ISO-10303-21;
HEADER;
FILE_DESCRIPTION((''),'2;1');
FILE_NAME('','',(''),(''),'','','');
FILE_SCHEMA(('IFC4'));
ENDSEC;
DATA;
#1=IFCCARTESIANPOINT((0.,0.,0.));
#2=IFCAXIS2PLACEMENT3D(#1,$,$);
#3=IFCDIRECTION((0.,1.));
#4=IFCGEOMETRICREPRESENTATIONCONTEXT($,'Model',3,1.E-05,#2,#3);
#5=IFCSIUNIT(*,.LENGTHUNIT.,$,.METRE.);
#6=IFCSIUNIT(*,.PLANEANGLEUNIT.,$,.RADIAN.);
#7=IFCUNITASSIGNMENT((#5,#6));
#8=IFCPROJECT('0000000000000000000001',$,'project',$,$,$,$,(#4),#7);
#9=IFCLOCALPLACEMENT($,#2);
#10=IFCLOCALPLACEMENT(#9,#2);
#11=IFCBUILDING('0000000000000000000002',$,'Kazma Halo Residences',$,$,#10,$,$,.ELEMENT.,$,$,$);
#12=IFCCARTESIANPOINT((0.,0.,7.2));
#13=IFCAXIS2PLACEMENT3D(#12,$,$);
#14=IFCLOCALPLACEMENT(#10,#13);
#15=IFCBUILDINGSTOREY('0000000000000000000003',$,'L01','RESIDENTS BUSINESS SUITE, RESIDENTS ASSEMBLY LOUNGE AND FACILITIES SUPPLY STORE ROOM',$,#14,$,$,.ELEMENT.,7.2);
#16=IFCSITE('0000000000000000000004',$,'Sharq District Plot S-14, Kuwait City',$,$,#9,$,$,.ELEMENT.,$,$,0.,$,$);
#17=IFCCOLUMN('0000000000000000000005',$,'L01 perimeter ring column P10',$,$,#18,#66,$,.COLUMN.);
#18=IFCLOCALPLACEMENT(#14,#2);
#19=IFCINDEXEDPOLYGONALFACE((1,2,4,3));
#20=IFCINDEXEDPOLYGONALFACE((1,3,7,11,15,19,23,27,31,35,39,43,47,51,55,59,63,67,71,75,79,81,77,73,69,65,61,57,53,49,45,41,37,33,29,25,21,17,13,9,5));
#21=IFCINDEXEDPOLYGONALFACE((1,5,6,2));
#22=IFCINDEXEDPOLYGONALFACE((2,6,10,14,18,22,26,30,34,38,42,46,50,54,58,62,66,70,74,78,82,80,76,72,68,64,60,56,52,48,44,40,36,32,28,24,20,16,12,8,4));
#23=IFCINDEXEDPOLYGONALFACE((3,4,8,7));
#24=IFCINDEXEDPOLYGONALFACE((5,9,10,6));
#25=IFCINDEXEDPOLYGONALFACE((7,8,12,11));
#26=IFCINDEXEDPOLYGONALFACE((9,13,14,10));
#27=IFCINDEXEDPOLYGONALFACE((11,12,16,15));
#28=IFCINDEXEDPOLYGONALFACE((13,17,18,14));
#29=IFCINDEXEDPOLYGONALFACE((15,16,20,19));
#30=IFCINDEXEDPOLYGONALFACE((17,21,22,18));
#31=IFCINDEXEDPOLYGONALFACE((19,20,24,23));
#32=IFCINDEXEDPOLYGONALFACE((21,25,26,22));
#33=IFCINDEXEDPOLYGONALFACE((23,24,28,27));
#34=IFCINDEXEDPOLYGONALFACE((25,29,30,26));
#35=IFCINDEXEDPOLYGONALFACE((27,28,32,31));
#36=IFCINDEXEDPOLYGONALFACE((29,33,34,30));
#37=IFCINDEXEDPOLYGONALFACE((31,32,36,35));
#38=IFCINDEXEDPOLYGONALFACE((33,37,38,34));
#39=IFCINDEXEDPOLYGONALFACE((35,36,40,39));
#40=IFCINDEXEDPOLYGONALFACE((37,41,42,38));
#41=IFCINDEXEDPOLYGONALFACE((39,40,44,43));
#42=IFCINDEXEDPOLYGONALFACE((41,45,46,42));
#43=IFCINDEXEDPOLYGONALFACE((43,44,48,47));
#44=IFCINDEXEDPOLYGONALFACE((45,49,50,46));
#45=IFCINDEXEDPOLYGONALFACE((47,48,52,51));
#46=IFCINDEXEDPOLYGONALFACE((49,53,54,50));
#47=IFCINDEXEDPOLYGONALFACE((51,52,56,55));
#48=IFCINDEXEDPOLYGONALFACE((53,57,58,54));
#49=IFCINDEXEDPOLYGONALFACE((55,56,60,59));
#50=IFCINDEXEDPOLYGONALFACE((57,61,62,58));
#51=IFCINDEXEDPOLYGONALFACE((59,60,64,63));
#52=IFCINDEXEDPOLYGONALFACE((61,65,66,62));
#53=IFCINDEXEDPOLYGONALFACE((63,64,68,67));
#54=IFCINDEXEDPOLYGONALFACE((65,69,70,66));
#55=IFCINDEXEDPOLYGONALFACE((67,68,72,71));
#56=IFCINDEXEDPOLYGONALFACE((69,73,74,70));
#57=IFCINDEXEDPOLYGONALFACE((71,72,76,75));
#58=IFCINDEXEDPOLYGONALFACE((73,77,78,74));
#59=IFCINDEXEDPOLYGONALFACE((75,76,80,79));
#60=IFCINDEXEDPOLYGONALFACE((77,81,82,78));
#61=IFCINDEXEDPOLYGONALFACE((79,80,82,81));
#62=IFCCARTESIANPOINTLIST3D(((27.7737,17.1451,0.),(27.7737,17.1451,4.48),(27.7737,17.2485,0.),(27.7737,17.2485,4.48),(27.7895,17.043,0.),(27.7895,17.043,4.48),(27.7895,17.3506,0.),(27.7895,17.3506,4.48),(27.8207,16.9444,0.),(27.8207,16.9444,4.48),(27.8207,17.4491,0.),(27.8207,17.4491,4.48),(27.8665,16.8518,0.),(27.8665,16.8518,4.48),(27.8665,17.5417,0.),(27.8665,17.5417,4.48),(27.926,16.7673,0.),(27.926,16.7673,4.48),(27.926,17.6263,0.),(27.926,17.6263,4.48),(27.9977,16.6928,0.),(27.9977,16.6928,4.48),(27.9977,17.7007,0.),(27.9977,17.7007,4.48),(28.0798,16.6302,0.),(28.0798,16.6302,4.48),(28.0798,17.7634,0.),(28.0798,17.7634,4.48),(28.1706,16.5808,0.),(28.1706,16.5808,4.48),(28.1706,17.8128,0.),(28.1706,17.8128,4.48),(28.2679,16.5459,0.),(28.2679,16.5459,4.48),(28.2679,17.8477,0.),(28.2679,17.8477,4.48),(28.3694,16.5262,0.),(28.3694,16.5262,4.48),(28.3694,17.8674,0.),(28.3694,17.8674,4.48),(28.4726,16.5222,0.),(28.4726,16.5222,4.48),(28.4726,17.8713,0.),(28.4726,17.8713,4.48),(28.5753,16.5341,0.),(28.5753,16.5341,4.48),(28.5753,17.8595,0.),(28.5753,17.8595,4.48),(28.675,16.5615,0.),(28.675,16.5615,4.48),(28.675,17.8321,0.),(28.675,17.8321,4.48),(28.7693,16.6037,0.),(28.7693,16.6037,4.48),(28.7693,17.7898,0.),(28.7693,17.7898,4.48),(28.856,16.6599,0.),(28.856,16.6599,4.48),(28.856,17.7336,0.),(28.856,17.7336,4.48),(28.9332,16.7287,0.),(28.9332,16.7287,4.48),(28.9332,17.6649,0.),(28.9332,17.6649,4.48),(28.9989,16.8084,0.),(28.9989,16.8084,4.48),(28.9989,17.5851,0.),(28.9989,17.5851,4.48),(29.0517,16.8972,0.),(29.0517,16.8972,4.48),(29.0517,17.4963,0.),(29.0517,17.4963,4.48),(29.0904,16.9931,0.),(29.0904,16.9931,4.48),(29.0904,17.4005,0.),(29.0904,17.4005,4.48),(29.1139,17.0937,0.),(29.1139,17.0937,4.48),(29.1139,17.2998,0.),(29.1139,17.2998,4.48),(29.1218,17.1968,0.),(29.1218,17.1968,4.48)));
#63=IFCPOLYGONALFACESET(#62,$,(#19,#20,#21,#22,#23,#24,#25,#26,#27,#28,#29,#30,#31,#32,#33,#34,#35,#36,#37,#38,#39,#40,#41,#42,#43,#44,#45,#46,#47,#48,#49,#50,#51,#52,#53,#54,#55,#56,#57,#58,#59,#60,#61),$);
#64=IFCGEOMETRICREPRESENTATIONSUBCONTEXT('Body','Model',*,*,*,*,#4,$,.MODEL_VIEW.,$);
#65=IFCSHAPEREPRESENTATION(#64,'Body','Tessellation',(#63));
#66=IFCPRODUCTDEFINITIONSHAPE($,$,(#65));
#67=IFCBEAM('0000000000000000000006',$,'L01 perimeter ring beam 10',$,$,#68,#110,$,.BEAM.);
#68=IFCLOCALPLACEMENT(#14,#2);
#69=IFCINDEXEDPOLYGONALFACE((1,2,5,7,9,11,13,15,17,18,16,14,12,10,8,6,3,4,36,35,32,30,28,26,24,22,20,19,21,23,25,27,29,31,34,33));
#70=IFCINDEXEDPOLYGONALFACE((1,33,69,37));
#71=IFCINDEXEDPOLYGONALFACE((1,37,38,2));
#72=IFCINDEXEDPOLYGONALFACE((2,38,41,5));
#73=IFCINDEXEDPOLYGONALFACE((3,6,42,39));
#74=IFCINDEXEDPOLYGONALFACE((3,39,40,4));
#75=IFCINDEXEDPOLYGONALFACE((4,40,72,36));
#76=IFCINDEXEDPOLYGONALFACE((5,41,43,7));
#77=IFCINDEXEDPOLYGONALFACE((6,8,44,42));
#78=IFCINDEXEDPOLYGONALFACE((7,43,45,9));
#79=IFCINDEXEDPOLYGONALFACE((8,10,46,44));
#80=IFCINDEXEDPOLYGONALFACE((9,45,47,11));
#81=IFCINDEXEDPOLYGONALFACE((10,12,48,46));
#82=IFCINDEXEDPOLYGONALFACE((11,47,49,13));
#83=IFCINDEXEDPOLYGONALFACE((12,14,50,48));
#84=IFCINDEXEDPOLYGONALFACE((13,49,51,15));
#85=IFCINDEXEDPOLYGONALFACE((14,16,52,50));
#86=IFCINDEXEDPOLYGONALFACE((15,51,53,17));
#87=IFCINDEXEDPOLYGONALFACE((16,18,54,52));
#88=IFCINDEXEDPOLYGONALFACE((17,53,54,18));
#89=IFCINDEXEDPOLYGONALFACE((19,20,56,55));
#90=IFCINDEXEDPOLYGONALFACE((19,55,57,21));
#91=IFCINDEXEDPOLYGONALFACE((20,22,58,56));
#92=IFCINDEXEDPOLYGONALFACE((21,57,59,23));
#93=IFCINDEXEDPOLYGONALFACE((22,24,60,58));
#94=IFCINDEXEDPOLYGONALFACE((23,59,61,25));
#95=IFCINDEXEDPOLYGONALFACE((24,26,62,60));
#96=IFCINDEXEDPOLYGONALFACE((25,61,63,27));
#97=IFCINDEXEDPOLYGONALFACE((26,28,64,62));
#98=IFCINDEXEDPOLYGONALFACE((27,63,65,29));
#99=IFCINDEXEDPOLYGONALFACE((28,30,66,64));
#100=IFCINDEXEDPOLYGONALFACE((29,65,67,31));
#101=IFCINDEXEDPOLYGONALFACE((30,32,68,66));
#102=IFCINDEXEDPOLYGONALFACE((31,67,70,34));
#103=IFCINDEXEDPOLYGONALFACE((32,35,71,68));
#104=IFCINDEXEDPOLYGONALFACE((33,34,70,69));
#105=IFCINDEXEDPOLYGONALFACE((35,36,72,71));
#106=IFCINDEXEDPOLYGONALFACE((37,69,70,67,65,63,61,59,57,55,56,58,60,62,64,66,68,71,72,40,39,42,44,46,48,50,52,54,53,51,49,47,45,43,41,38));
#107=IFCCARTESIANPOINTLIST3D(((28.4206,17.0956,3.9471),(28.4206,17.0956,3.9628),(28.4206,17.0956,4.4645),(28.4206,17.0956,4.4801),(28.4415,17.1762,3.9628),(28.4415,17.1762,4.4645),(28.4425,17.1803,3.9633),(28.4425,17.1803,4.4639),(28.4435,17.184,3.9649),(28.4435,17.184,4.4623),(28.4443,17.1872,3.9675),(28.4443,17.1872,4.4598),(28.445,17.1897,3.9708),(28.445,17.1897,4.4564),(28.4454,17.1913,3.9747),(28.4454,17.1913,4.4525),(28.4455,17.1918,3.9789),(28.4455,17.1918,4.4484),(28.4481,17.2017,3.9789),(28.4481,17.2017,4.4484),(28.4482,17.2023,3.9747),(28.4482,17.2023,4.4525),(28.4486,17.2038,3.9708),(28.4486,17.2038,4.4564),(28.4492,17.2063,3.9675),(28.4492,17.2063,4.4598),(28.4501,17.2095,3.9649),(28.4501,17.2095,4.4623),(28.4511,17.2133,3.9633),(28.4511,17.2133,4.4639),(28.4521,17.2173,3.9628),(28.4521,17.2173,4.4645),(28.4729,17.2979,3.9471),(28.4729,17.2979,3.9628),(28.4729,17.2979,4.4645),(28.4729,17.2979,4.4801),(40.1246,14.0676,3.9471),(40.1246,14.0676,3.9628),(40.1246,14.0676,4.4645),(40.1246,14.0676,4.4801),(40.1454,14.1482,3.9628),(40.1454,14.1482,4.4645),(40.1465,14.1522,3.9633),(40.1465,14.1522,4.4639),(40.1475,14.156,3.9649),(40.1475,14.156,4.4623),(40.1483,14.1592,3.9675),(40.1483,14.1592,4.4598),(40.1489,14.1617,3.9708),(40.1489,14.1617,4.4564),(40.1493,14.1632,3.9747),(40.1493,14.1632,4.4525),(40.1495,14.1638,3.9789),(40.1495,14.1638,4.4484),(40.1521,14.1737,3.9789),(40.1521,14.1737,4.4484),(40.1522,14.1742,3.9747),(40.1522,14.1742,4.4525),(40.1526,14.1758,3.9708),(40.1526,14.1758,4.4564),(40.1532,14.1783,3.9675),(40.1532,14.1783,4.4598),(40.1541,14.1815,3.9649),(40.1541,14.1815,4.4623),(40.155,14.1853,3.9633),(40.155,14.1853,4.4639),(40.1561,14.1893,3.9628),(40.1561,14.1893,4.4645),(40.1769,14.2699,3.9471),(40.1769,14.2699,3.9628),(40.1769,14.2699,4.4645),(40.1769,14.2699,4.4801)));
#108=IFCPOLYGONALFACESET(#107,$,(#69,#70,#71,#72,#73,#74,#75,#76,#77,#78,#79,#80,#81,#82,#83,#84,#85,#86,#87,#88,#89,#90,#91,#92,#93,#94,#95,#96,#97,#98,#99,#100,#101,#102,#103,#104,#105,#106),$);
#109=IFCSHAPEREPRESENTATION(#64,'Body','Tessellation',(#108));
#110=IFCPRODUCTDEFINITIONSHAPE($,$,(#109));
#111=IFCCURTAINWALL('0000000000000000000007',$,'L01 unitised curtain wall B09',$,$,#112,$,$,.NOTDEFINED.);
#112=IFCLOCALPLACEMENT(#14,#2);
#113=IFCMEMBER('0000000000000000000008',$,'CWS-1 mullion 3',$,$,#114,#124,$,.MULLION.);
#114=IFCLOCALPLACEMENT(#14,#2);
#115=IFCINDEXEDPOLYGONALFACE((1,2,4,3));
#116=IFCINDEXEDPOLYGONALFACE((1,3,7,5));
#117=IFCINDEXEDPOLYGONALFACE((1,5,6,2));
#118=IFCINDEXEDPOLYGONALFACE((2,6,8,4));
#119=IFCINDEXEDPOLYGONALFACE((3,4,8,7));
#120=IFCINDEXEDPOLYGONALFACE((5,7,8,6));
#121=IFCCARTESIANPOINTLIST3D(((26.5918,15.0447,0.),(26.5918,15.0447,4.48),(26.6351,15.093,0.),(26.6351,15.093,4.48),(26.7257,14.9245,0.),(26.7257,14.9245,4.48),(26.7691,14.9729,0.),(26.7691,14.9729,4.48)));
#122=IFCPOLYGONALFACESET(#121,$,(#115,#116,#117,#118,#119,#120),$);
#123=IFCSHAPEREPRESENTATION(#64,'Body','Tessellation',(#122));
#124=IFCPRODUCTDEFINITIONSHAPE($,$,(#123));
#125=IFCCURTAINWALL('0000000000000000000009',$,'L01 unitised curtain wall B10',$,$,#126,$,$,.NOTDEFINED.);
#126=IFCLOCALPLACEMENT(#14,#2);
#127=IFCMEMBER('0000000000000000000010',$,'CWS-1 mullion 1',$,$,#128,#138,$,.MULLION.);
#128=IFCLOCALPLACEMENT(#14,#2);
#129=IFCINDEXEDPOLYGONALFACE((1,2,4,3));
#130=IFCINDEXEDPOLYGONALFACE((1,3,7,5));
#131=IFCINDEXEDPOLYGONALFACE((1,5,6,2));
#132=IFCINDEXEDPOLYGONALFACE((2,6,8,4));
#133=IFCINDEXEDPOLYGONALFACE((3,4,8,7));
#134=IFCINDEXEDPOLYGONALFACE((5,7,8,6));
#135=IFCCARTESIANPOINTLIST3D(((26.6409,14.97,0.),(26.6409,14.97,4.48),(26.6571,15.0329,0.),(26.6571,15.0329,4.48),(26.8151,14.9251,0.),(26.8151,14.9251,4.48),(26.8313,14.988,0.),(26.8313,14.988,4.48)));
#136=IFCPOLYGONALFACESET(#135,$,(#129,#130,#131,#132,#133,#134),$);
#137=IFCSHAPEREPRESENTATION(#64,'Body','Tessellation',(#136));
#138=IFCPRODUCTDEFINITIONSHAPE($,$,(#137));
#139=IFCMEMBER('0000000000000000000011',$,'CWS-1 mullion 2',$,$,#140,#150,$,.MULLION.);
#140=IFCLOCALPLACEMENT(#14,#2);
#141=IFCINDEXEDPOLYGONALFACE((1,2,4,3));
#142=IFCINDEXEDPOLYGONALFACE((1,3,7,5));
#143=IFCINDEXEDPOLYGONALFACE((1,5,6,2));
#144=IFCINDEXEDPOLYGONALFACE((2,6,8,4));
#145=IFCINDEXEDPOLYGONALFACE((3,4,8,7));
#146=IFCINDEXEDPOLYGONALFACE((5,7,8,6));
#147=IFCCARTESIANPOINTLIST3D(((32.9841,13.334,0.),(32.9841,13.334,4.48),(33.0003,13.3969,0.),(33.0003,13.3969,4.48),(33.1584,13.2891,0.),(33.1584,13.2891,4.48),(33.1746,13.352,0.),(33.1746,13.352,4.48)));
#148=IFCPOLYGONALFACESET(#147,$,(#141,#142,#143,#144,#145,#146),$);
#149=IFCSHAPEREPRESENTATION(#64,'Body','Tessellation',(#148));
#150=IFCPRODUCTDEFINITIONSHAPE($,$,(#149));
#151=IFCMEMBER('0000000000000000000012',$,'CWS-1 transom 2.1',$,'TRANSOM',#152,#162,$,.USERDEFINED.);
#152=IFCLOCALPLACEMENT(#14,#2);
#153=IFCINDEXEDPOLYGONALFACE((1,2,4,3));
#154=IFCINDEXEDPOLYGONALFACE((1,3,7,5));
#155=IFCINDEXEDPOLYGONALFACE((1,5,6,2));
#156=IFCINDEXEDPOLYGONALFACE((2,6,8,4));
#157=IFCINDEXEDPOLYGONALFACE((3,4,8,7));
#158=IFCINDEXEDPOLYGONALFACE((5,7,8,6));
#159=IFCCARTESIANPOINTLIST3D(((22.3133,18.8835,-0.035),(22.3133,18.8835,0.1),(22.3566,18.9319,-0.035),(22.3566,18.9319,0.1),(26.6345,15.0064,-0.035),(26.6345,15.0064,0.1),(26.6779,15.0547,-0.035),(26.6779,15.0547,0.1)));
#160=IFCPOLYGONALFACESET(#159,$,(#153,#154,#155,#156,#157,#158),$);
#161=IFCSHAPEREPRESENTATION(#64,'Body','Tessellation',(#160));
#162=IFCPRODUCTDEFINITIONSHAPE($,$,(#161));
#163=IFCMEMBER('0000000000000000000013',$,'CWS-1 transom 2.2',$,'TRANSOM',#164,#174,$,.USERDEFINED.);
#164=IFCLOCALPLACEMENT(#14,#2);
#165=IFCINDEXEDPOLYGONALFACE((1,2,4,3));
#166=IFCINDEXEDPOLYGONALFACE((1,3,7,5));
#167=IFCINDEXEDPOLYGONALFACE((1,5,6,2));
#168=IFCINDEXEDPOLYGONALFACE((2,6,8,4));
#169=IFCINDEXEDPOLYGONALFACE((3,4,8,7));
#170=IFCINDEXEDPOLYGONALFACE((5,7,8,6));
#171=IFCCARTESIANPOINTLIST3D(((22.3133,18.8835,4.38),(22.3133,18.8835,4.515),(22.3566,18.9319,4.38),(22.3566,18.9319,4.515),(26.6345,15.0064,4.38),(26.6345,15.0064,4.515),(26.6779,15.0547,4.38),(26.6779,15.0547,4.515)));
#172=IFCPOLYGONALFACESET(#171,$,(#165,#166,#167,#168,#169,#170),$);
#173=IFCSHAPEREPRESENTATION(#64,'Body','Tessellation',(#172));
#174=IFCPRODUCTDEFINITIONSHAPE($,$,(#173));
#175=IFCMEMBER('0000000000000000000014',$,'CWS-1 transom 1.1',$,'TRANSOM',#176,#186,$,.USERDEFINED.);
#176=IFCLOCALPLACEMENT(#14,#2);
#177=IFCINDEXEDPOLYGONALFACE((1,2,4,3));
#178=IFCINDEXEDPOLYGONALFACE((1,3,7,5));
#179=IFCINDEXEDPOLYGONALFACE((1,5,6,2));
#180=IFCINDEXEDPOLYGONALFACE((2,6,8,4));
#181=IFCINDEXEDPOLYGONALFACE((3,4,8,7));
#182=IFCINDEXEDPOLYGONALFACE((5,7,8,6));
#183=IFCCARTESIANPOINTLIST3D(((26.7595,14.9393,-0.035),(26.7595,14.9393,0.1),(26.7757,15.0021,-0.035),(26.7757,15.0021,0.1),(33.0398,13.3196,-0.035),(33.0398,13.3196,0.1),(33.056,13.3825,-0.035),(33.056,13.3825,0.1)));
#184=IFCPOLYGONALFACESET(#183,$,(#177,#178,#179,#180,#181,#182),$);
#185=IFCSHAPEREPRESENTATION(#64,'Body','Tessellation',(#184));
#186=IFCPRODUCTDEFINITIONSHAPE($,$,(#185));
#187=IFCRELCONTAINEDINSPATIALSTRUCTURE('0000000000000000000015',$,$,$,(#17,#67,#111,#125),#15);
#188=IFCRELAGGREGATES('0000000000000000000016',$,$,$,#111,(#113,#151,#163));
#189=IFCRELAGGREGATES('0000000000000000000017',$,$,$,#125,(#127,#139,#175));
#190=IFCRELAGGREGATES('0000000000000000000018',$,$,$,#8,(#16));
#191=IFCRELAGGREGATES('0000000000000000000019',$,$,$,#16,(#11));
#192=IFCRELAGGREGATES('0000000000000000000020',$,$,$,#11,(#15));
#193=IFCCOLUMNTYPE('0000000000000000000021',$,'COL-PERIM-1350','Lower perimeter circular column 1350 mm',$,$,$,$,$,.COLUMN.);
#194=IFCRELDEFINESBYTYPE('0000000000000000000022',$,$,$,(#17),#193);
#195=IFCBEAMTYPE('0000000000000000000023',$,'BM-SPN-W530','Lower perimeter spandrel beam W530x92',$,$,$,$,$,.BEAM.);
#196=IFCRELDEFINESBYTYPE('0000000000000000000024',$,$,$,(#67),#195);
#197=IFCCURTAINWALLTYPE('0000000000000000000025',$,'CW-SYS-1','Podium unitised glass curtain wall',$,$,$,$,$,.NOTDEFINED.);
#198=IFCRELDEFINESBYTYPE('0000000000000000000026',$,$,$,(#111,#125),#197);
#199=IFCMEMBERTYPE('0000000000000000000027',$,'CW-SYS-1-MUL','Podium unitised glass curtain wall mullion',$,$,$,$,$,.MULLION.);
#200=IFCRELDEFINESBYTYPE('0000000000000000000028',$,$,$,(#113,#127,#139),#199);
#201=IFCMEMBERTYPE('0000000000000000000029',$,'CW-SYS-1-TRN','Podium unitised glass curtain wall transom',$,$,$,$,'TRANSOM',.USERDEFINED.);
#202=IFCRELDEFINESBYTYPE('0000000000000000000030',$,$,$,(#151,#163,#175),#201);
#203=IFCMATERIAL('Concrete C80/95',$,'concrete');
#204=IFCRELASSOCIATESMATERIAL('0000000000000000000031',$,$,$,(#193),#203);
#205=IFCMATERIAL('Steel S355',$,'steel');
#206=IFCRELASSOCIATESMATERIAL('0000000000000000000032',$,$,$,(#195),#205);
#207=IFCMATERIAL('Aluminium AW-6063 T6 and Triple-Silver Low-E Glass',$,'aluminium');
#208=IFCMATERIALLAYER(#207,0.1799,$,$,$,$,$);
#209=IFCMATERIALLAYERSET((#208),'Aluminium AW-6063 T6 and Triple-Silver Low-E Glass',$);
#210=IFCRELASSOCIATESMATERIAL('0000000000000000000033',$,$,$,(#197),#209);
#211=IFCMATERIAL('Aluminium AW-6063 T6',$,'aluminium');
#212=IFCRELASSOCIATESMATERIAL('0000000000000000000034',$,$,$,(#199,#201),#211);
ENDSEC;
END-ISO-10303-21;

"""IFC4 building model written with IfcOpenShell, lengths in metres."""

from ifc_helpers import new_model, si_unit, direction, frame, origin, origin_2d, place, context, subcontext, project, spatial, rectangle, circle, i_section, extrude, material, layer, layer_set, material_profile, profile_set, type_object, element, aggregate, save


model = new_model("IFC4")

# Units and contexts
model_context = context("Model", 3, precision=1e-05, world=origin(), true_north=direction((0.0, 1.0)))
body_context = subcontext(model_context, "Body", "Model", "MODEL_VIEW")
ifc_project = project(units=[si_unit("LENGTHUNIT", "METRE"), si_unit("PLANEANGLEUNIT", "RADIAN")], contexts=[model_context])

# Site, building, storey
site_placement = place(None, origin())
site = spatial("IfcSite", under=ifc_project, at=site_placement, Name="Sharq District Plot S-14, Kuwait City", CompositionType="ELEMENT", RefElevation=0.0)
building_placement = place(site_placement, origin())
building = spatial("IfcBuilding", under=site, at=building_placement, Name="Kazma Halo Residences", CompositionType="ELEMENT")
storey_placement = place(building_placement, frame((0.0, 0.0, 7.2)))
storey = spatial("IfcBuildingStorey", under=building, at=storey_placement, Name="L01", Description="RESIDENTS BUSINESS SUITE, RESIDENTS ASSEMBLY LOUNGE AND FACILITIES SUPPLY STORE ROOM", CompositionType="ELEMENT", Elevation=7.2)

# Column
ifc_material_1 = material(Name="Concrete C80/95", Category="concrete")
ifc_material_profile_1 = material_profile(ifc_material_1, circle(Radius=0.675, at=origin_2d()), Name="CIRC1350")
ifc_profile_set_1 = profile_set([ifc_material_profile_1], Name="Concrete C80/95")
column_type = type_object("IfcColumnType", Name="COL-PERIM-1350", Description="Lower perimeter circular column 1350 mm", PredefinedType="COLUMN", material=ifc_profile_set_1)
column_placement = place(storey_placement, frame((28.4468, 17.1968, 0.0), z_axis=(0.0, 0.0, 1.0), x_axis=(1.0, 0.0, 0.0)))
element("IfcColumn", 1, at=column_placement, inside=storey, type_object=column_type, Name="L01 perimeter ring column P10", PredefinedType="COLUMN", context=body_context, shape_type="SweptSolid", body=[
    extrude(circle(Radius=0.675, at=origin_2d()), origin(), (0.0, 0.0, 1.0), 4.48),
])

# Beam
ifc_material_2 = material(Name="Steel S355", Category="steel")
ifc_material_profile_2 = material_profile(ifc_material_2, i_section(OverallWidth=0.209, OverallDepth=0.533, WebThickness=0.0103, FlangeThickness=0.0156, FilletRadius=0.0161, at=origin_2d()), Name="W530x92")
ifc_profile_set_2 = profile_set([ifc_material_profile_2], Name="Steel S355")
beam_type = type_object("IfcBeamType", Name="BM-SPN-W530", Description="Lower perimeter spandrel beam W530x92", PredefinedType="BEAM", material=ifc_profile_set_2)
beam_placement = place(storey_placement, frame((28.4468, 17.1968, 4.2136), z_axis=(0.968124, -0.250472, 0.0), x_axis=(0.250472, 0.968124, 0.0)))
element("IfcBeam", 2, at=beam_placement, inside=storey, type_object=beam_type, Name="L01 perimeter ring beam 10", PredefinedType="BEAM", context=body_context, shape_type="SweptSolid", body=[
    extrude(i_section(OverallWidth=0.209, OverallDepth=0.533, WebThickness=0.0103, FlangeThickness=0.0156, FilletRadius=0.0161, at=origin_2d()), origin(), (0.0, 0.0, 1.0), 12.0894),
])

# Curtain wall, member
ifc_material_3 = material(Name="Aluminium AW-6063 T6 and Triple-Silver Low-E Glass", Category="aluminium")
ifc_layer_1 = layer(ifc_material_3, 0.1799)
ifc_layer_set_1 = layer_set([ifc_layer_1], Name="Aluminium AW-6063 T6 and Triple-Silver Low-E Glass")
curtain_wall_type = type_object("IfcCurtainWallType", Name="CW-SYS-1", Description="Podium unitised glass curtain wall", PredefinedType="NOTDEFINED", material=ifc_layer_set_1)
curtain_wall_1_placement = place(storey_placement, origin())
curtain_wall_1 = element("IfcCurtainWall", 3, at=curtain_wall_1_placement, inside=storey, type_object=curtain_wall_type, Name="L01 unitised curtain wall B09", PredefinedType="NOTDEFINED")
ifc_material_4 = material(Name="Aluminium AW-6063 T6", Category="aluminium")
ifc_material_profile_3 = material_profile(ifc_material_4, rectangle(XDim=0.0649, YDim=0.1799, at=origin_2d()), Name="CWM-65x180")
ifc_profile_set_3 = profile_set([ifc_material_profile_3], Name="Aluminium AW-6063 T6")
member_type_1 = type_object("IfcMemberType", Name="CW-SYS-1-MUL", Description="Podium unitised glass curtain wall mullion", PredefinedType="MULLION", material=ifc_profile_set_3)
member_1_placement = place(storey_placement, frame((26.6804, 15.0088, 0.0), z_axis=(0.0, 0.0, 1.0), x_axis=(0.667848, 0.744298, 0.0)))
member_1 = element("IfcMember", 4, at=member_1_placement, type_object=member_type_1, Name="CWS-1 mullion 3", PredefinedType="MULLION", context=body_context, shape_type="SweptSolid", body=[
    extrude(rectangle(XDim=0.0649, YDim=0.1799, at=origin_2d()), origin(), (0.0, 0.0, 1.0), 4.48),
])

# Curtain wall, members
curtain_wall_2_placement = place(storey_placement, origin())
curtain_wall_2 = element("IfcCurtainWall", 5, at=curtain_wall_2_placement, inside=storey, type_object=curtain_wall_type, Name="L01 unitised curtain wall B10", PredefinedType="NOTDEFINED")
member_2_placement = place(storey_placement, frame((26.7361, 14.979, 0.0), z_axis=(0.0, 0.0, 1.0), x_axis=(0.249727, 0.968316, 0.0)))
member_2 = element("IfcMember", 6, at=member_2_placement, type_object=member_type_1, Name="CWS-1 mullion 1", PredefinedType="MULLION", context=body_context, shape_type="SweptSolid", body=[
    extrude(rectangle(XDim=0.0649, YDim=0.1799, at=origin_2d()), origin(), (0.0, 0.0, 1.0), 4.48),
])
member_3_placement = place(storey_placement, frame((33.0793, 13.343, 0.0), z_axis=(0.0, 0.0, 1.0), x_axis=(0.249727, 0.968316, 0.0)))
member_3 = element("IfcMember", 7, at=member_3_placement, type_object=member_type_1, Name="CWS-1 mullion 2", PredefinedType="MULLION", context=body_context, shape_type="SweptSolid", body=[
    extrude(rectangle(XDim=0.0649, YDim=0.1799, at=origin_2d()), origin(), (0.0, 0.0, 1.0), 4.48),
])

# Members
ifc_material_profile_4 = material_profile(ifc_material_4, rectangle(XDim=0.0649, YDim=0.135, at=origin_2d()), Name="CWT-65x135")
ifc_profile_set_4 = profile_set([ifc_material_profile_4], Name="Aluminium AW-6063 T6")
member_type_2 = type_object("IfcMemberType", Name="CW-SYS-1-TRN", Description="Podium unitised glass curtain wall transom", ElementType="TRANSOM", PredefinedType="USERDEFINED", material=ifc_profile_set_4)
member_4_placement = place(storey_placement, frame((22.335, 18.9077, 0.0325), z_axis=(0.744318, -0.667826, 0.0), x_axis=(0.667826, 0.744318, 0.0)))
member_4 = element("IfcMember", 8, at=member_4_placement, type_object=member_type_2, Name="CWS-1 transom 2.1", ObjectType="TRANSOM", PredefinedType="USERDEFINED", context=body_context, shape_type="SweptSolid", body=[
    extrude(rectangle(XDim=0.0649, YDim=0.135, at=origin_2d()), origin(), (0.0, 0.0, 1.0), 5.8057),
])
member_5_placement = place(storey_placement, frame((22.335, 18.9077, 4.4475), z_axis=(0.744318, -0.667826, 0.0), x_axis=(0.667826, 0.744318, 0.0)))
member_5 = element("IfcMember", 9, at=member_5_placement, type_object=member_type_2, Name="CWS-1 transom 2.2", ObjectType="TRANSOM", PredefinedType="USERDEFINED", context=body_context, shape_type="SweptSolid", body=[
    extrude(rectangle(XDim=0.0649, YDim=0.135, at=origin_2d()), origin(), (0.0, 0.0, 1.0), 5.8057),
])
member_6_placement = place(storey_placement, frame((26.7676, 14.9707, 0.0325), z_axis=(0.968318, -0.249721, 0.0), x_axis=(0.249721, 0.968318, 0.0)))
member_6 = element("IfcMember", 10, at=member_6_placement, type_object=member_type_2, Name="CWS-1 transom 1.1", ObjectType="TRANSOM", PredefinedType="USERDEFINED", context=body_context, shape_type="SweptSolid", body=[
    extrude(rectangle(XDim=0.0649, YDim=0.135, at=origin_2d()), origin(), (0.0, 0.0, 1.0), 6.4858),
])

aggregate(curtain_wall_1, [member_1, member_4, member_5])
aggregate(curtain_wall_2, [member_2, member_3, member_6])

save(model, "model.ifc")
